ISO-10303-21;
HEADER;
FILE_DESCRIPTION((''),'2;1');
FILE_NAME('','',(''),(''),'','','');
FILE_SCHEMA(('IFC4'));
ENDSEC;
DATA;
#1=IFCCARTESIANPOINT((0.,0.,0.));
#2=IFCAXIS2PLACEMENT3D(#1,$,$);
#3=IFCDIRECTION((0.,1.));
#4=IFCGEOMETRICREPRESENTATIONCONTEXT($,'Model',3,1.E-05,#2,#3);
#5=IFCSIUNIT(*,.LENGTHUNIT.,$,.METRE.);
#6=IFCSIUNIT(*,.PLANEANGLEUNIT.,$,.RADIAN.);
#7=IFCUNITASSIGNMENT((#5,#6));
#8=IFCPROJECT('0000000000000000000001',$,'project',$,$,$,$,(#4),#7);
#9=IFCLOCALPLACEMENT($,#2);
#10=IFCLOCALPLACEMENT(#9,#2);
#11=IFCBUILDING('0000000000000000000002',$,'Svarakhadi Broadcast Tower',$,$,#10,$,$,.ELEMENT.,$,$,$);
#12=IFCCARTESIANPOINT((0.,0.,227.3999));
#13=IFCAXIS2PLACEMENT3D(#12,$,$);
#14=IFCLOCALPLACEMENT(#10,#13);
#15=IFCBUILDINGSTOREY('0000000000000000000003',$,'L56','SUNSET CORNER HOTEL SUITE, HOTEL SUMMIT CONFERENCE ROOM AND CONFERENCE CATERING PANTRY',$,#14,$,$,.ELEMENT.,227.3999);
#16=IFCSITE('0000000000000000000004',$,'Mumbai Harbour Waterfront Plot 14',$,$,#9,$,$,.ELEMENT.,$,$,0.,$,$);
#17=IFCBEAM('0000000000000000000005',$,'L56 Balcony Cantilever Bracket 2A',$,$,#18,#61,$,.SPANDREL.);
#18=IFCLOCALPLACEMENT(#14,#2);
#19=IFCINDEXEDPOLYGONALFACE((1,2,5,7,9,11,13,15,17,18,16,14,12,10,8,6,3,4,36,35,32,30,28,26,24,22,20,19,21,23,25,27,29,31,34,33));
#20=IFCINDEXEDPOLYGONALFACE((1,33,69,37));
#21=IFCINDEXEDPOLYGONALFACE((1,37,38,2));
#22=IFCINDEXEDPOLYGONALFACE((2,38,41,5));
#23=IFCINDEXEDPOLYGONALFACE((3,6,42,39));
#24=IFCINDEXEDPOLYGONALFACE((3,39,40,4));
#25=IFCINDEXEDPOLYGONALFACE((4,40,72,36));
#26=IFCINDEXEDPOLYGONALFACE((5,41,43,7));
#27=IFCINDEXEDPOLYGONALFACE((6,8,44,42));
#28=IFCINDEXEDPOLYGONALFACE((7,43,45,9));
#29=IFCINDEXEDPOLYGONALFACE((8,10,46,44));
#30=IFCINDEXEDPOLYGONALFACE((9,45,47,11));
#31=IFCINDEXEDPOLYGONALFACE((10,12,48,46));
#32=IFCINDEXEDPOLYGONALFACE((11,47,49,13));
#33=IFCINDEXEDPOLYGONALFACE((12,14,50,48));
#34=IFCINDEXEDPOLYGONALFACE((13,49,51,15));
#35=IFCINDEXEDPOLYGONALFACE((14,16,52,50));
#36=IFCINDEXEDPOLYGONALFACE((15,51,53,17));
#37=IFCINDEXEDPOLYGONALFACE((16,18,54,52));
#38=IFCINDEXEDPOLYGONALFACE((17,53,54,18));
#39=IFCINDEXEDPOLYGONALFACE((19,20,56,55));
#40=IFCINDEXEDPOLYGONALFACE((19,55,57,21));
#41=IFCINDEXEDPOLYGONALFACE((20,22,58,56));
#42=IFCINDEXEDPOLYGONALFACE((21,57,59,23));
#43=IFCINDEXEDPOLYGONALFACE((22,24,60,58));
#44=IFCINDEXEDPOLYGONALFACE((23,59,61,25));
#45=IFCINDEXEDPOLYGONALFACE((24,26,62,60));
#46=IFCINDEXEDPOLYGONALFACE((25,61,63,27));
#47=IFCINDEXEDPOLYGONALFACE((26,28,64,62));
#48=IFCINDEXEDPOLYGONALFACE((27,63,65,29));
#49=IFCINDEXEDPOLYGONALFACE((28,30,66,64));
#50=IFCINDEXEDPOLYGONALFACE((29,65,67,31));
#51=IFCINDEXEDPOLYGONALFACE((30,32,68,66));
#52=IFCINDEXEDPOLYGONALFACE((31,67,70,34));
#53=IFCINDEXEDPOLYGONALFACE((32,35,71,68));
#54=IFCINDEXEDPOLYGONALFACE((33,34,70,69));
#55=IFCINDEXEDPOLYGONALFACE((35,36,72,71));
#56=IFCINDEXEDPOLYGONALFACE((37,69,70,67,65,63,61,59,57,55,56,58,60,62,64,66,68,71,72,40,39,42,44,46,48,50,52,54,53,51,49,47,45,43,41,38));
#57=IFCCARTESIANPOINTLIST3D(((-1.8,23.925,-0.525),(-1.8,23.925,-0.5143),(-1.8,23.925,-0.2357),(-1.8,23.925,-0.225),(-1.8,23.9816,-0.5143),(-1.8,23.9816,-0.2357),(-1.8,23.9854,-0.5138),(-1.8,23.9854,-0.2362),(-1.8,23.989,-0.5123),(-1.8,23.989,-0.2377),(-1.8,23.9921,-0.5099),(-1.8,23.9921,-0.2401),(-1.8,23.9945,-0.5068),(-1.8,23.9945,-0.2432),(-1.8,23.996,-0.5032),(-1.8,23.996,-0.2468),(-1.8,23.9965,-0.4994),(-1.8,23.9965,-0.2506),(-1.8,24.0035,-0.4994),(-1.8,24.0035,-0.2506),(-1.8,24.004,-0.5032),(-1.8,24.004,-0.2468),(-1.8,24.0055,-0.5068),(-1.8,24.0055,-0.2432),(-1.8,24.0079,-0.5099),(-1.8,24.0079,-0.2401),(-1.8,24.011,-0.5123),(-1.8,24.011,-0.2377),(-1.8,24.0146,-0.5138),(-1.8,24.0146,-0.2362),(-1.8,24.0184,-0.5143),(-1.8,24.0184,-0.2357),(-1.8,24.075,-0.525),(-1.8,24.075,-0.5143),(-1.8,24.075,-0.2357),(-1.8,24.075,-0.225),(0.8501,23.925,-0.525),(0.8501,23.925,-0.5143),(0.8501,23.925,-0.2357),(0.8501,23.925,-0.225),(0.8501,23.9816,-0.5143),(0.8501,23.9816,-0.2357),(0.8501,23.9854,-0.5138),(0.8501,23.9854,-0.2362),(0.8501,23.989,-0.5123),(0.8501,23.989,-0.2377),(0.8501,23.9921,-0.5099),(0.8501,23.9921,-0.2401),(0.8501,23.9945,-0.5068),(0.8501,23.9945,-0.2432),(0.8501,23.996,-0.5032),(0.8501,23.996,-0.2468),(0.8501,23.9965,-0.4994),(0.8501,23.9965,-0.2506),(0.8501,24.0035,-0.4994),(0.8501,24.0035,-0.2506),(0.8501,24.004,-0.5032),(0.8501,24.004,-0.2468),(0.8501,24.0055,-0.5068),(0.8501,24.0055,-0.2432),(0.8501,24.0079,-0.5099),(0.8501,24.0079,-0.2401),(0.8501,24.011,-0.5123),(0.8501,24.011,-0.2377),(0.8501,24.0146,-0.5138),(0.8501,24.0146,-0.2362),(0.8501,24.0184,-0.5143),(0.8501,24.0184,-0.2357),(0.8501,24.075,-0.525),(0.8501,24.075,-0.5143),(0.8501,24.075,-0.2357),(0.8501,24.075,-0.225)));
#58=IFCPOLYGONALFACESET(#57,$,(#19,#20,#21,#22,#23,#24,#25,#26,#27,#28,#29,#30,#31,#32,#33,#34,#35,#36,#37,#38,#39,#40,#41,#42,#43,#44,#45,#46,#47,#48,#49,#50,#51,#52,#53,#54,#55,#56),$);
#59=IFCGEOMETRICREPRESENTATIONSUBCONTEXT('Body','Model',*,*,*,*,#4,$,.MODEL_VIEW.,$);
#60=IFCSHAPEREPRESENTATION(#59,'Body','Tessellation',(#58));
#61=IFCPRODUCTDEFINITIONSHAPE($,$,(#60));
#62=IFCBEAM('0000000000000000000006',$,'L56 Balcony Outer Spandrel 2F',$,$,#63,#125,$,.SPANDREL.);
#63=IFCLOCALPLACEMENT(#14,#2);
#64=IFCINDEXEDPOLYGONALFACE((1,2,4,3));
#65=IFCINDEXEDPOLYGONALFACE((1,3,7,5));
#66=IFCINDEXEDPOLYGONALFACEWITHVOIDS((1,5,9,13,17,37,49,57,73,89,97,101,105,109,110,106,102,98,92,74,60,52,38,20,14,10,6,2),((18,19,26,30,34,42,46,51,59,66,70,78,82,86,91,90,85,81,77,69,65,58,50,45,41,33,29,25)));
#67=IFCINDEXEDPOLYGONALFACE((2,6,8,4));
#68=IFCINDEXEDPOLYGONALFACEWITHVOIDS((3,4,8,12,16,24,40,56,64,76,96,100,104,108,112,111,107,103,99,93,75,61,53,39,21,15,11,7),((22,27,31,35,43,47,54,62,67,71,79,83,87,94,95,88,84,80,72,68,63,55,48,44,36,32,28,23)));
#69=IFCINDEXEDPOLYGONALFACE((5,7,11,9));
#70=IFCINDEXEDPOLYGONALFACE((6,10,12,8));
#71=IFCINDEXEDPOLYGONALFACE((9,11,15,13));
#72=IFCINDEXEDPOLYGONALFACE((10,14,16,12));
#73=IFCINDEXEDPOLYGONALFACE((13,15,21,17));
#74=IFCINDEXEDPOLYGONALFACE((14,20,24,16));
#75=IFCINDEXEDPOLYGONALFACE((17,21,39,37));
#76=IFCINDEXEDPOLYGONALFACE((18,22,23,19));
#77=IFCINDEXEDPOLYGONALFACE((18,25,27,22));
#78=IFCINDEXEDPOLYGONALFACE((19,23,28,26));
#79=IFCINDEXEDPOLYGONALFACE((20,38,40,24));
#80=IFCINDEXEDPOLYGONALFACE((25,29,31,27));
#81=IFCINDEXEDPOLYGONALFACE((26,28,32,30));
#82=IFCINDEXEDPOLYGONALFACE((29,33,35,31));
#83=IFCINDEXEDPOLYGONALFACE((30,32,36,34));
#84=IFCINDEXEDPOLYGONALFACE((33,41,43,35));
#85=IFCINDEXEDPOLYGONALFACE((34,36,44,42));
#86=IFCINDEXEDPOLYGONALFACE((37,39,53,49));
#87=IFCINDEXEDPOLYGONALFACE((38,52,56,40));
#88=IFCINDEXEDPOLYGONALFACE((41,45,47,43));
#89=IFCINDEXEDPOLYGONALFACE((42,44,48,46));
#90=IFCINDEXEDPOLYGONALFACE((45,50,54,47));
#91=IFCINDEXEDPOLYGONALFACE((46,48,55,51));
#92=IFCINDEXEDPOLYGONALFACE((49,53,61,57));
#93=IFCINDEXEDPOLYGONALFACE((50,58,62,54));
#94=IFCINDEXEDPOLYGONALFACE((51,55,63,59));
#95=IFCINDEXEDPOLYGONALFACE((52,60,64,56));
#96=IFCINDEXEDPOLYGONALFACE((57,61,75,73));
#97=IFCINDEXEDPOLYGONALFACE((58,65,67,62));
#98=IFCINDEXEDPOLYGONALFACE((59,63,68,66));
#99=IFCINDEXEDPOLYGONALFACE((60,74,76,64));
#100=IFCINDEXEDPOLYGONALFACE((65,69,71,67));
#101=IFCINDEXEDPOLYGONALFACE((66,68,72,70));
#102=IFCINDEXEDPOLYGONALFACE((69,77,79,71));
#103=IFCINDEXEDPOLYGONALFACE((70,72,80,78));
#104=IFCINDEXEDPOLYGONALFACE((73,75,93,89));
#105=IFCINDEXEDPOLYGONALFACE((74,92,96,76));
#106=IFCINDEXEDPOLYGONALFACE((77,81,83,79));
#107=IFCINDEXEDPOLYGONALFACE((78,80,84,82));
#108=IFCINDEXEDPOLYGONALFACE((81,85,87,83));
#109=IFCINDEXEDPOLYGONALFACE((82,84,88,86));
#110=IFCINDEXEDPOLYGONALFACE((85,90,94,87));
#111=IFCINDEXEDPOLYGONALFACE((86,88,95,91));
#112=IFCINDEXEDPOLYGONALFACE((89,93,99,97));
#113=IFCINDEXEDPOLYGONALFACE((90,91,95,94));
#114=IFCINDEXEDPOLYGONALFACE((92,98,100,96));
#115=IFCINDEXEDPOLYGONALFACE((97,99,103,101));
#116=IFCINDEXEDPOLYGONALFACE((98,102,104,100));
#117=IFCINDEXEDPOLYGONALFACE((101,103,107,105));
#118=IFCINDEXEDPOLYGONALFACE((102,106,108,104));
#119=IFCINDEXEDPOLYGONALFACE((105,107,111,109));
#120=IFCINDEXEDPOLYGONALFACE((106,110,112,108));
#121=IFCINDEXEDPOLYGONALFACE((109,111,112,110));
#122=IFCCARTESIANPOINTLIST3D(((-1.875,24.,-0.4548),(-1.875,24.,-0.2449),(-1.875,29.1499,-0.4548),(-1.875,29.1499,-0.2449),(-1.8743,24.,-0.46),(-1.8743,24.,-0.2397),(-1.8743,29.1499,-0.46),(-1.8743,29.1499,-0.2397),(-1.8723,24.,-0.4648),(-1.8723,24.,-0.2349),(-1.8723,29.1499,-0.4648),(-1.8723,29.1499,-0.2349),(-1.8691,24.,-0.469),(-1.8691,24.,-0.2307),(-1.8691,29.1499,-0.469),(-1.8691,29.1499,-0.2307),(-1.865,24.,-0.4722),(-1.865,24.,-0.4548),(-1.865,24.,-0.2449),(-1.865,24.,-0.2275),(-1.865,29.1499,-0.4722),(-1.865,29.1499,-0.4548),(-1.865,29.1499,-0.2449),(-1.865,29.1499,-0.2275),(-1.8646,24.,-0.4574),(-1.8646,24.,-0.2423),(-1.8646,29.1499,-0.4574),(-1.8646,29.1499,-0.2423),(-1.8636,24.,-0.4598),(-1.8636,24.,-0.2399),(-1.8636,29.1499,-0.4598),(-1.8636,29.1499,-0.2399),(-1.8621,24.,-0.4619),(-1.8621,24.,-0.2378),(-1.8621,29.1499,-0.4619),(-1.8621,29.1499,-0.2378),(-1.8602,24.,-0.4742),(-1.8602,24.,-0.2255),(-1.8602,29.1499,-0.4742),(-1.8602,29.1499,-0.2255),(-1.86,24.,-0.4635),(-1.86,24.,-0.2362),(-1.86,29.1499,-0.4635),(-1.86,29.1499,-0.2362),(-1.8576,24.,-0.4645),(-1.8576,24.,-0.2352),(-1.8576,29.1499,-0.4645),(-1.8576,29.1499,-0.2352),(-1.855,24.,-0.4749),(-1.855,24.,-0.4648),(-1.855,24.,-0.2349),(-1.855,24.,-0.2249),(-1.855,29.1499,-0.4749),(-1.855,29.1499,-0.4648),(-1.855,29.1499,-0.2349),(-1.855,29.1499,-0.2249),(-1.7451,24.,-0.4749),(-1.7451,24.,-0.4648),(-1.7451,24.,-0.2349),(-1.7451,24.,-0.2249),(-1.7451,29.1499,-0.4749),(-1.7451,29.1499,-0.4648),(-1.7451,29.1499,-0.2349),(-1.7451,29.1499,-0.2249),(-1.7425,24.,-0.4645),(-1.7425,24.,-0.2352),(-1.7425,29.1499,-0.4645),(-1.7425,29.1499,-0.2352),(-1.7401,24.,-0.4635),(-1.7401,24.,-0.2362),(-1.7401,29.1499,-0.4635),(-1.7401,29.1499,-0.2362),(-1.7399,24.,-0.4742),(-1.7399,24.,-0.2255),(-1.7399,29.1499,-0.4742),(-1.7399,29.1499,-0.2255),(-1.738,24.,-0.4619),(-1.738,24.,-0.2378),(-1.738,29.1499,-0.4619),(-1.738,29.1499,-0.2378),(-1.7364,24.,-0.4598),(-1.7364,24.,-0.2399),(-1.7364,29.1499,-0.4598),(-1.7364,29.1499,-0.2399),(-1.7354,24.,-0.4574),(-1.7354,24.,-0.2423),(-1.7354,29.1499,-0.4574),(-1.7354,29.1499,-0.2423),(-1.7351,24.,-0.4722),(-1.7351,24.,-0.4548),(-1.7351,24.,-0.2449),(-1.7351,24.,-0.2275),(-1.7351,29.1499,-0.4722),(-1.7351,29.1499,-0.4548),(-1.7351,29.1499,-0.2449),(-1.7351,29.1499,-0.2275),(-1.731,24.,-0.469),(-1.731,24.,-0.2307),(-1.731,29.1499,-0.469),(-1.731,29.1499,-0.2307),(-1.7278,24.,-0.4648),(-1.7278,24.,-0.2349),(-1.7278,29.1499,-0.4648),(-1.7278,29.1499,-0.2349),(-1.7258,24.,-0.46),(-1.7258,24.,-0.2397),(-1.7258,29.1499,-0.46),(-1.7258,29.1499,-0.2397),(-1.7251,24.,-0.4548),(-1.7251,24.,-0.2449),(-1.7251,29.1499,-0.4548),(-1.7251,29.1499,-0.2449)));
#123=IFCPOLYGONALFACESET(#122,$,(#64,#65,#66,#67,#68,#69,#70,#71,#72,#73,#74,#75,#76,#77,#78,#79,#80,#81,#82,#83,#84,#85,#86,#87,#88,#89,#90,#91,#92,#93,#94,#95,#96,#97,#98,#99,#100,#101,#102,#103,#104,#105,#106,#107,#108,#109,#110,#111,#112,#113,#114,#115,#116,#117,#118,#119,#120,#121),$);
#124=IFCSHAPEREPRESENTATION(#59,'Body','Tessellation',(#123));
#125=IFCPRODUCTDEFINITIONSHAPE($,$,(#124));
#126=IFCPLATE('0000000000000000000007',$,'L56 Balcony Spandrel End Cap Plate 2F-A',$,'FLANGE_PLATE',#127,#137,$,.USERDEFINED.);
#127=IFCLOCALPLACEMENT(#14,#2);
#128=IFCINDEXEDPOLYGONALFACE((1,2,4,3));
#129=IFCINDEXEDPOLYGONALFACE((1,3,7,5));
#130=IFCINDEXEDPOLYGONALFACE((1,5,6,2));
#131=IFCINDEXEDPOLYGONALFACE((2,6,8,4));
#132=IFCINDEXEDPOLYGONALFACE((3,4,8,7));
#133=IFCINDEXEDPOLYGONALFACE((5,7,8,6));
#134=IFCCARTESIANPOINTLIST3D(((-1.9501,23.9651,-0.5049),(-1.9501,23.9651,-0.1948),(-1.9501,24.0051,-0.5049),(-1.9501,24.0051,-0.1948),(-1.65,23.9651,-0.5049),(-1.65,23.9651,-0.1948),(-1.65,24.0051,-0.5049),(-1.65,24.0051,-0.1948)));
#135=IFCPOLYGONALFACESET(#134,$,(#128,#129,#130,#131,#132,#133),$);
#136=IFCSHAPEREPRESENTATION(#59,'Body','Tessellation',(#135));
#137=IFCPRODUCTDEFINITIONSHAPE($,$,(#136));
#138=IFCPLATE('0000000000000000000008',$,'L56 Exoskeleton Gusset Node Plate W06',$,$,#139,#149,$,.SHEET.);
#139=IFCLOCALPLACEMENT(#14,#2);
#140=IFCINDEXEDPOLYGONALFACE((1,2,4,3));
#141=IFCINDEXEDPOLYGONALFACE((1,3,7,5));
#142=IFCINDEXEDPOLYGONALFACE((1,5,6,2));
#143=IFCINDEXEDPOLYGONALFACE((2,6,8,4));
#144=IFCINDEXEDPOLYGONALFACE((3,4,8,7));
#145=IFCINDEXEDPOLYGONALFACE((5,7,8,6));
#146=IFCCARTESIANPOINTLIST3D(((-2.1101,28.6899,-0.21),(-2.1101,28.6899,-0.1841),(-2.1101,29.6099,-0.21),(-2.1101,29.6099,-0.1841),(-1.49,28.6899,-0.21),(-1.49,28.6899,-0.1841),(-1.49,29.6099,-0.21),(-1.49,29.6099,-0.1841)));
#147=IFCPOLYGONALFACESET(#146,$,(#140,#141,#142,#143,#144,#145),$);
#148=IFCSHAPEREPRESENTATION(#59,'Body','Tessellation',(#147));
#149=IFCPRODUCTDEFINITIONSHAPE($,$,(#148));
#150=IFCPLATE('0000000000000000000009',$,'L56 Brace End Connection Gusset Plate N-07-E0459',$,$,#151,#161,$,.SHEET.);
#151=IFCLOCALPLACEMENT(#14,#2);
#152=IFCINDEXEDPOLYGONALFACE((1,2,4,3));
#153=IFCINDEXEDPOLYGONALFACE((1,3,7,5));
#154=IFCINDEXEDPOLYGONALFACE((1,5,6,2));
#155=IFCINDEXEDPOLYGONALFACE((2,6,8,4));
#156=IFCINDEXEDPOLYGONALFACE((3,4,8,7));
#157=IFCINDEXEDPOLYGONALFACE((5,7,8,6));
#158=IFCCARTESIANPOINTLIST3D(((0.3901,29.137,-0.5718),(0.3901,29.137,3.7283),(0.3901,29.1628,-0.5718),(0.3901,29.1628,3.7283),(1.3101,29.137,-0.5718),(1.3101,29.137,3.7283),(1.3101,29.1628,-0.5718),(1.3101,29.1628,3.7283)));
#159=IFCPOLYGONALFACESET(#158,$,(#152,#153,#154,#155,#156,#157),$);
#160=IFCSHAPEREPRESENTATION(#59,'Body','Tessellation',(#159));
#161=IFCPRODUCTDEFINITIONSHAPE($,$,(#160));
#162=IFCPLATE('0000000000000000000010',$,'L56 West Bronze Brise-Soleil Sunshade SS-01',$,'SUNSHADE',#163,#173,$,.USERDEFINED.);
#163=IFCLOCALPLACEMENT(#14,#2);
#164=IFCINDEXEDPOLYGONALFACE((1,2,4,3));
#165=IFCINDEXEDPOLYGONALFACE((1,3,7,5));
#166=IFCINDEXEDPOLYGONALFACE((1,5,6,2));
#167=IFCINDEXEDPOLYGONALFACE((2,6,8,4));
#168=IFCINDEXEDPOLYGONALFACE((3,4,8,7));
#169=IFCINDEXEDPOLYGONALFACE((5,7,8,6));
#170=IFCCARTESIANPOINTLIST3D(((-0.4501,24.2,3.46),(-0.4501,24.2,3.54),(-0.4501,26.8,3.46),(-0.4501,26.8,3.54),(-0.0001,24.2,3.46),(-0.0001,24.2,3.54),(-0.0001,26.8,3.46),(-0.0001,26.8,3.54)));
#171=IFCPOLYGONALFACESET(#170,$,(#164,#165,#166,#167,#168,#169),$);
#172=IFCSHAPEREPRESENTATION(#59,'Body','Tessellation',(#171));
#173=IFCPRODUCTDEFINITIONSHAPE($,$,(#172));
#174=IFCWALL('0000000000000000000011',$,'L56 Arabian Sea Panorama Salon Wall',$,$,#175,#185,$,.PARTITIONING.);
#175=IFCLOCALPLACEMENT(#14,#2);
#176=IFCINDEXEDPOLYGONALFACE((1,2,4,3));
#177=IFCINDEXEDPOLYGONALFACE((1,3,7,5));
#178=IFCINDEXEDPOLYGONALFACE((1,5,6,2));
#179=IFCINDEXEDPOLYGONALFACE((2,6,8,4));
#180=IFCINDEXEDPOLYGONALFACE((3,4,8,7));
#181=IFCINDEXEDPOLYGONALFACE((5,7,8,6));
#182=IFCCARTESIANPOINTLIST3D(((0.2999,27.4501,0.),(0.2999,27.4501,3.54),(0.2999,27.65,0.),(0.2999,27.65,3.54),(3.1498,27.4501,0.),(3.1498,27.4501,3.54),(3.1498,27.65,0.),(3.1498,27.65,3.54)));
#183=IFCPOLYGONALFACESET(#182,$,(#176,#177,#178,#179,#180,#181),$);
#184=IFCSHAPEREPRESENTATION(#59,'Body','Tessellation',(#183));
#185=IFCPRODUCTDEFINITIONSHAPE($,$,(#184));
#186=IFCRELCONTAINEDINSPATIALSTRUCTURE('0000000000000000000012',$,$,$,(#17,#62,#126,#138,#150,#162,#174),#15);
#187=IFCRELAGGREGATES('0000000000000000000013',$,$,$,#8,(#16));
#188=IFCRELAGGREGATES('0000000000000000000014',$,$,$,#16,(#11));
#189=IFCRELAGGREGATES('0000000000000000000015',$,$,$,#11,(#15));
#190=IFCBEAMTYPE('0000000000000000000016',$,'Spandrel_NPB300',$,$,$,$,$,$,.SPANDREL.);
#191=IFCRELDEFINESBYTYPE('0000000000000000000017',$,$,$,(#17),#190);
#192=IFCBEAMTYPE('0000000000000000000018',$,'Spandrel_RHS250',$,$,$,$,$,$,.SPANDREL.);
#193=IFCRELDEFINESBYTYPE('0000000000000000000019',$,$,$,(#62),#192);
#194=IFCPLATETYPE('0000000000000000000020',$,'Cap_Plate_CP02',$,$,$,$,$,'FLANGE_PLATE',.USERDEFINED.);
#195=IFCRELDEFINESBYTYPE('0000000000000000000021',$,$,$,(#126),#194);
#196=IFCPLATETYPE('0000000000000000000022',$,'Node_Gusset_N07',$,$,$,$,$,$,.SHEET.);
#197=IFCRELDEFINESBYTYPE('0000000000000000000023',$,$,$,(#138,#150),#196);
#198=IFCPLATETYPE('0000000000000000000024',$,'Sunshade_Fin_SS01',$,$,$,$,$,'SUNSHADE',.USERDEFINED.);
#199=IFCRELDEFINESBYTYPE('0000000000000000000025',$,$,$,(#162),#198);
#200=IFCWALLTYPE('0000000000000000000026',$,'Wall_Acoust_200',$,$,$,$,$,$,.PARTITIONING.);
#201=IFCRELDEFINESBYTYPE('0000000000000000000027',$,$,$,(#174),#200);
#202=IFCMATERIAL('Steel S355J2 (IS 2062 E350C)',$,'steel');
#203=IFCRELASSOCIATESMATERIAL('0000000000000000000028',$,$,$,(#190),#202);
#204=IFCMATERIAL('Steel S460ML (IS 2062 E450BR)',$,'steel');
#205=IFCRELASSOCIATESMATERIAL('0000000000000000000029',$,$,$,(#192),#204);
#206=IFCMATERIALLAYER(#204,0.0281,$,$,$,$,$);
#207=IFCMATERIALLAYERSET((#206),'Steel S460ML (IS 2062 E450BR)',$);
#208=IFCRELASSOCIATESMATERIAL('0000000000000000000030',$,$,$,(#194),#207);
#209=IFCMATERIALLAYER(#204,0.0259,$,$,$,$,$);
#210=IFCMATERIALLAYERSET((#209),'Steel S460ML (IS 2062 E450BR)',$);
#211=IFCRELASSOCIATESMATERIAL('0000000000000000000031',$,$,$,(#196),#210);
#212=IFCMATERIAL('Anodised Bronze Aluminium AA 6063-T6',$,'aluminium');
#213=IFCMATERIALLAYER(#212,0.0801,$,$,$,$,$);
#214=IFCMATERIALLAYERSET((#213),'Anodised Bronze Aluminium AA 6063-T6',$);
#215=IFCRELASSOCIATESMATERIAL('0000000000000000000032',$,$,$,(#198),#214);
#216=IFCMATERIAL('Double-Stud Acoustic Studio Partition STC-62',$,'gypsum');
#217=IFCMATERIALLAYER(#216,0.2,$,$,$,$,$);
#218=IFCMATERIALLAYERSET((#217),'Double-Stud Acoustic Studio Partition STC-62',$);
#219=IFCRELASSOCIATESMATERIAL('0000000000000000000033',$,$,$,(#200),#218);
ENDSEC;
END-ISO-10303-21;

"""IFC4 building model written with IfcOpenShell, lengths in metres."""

from ifc_helpers import new_model, si_unit, direction, frame, frame_2d, origin, origin_2d, place, context, subcontext, project, spatial, rectangle, hollow_rectangle, i_section, extrude, material, layer, layer_set, material_profile, profile_set, type_object, element, save


model = new_model("IFC4")

# Units and contexts
model_context = context("Model", 3, precision=1e-05, world=origin(), true_north=direction((0.0, 1.0)))
body_context = subcontext(model_context, "Body", "Model", "MODEL_VIEW")
ifc_project = project(units=[si_unit("LENGTHUNIT", "METRE"), si_unit("PLANEANGLEUNIT", "RADIAN")], contexts=[model_context])

# Site, building, storey
site_placement = place(None, origin())
site = spatial("IfcSite", under=ifc_project, at=site_placement, Name="Mumbai Harbour Waterfront Plot 14", CompositionType="ELEMENT", RefElevation=0.0)
building_placement = place(site_placement, origin())
building = spatial("IfcBuilding", under=site, at=building_placement, Name="Svarakhadi Broadcast Tower", CompositionType="ELEMENT")
storey_placement = place(building_placement, frame((0.0, 0.0, 227.3999)))
storey = spatial("IfcBuildingStorey", under=building, at=storey_placement, Name="L56", Description="SUNSET CORNER HOTEL SUITE, HOTEL SUMMIT CONFERENCE ROOM AND CONFERENCE CATERING PANTRY", CompositionType="ELEMENT", Elevation=227.3999)

# Shared definitions
ifc_material_1 = material(Name="Steel S460ML (IS 2062 E450BR)", Category="steel")

# Shared definitions
ifc_material_2 = material(Name="Steel S355J2 (IS 2062 E350C)", Category="steel")

# Shared definitions
ifc_material_3 = material(Name="Anodised Bronze Aluminium AA 6063-T6", Category="aluminium")

# Beams
ifc_material_profile_1 = material_profile(ifc_material_2, i_section(OverallWidth=0.1499, OverallDepth=0.3, WebThickness=0.0071, FlangeThickness=0.0107, FilletRadius=0.0149, at=origin_2d()), Name="NPB 300x150x37")
ifc_profile_set_1 = profile_set([ifc_material_profile_1], Name="Steel S355J2 (IS 2062 E350C)")
beam_type_1 = type_object("IfcBeamType", Name="Spandrel_NPB300", PredefinedType="SPANDREL", material=ifc_profile_set_1)
beam_1_placement = place(storey_placement, frame((0.8501, 24.0, -0.375), z_axis=(-1.0, 0.0, 0.0), x_axis=(0.0, -1.0, 0.0)))
element("IfcBeam", 1, at=beam_1_placement, inside=storey, type_object=beam_type_1, Name="L56 Balcony Cantilever Bracket 2A", PredefinedType="SPANDREL", context=body_context, shape_type="SweptSolid", body=[
    extrude(i_section(OverallWidth=0.1499, OverallDepth=0.3, WebThickness=0.0071, FlangeThickness=0.0107, FilletRadius=0.0149, at=origin_2d()), origin(), (0.0, 0.0, 1.0), 2.6501),
])
ifc_material_profile_2 = material_profile(ifc_material_1, hollow_rectangle(XDim=0.1499, YDim=0.25, WallThickness=0.01, InnerFilletRadius=0.01, OuterFilletRadius=0.02, at=origin_2d()), Name="RHS 250x150x10")
ifc_profile_set_2 = profile_set([ifc_material_profile_2], Name="Steel S460ML (IS 2062 E450BR)")
beam_type_2 = type_object("IfcBeamType", Name="Spandrel_RHS250", PredefinedType="SPANDREL", material=ifc_profile_set_2)
beam_2_placement = place(storey_placement, frame((-1.8, 24.0, -0.3499), z_axis=(0.0, 1.0, 0.0), x_axis=(-1.0, 0.0, 0.0)))
element("IfcBeam", 2, at=beam_2_placement, inside=storey, type_object=beam_type_2, Name="L56 Balcony Outer Spandrel 2F", PredefinedType="SPANDREL", context=body_context, shape_type="SweptSolid", body=[
    extrude(hollow_rectangle(XDim=0.1499, YDim=0.25, WallThickness=0.01, InnerFilletRadius=0.01, OuterFilletRadius=0.02, at=origin_2d()), origin(), (0.0, 0.0, 1.0), 5.1499),
])

# Plates
ifc_layer_1 = layer(ifc_material_1, 0.0281)
ifc_layer_set_1 = layer_set([ifc_layer_1], Name="Steel S460ML (IS 2062 E450BR)")
plate_type_1 = type_object("IfcPlateType", Name="Cap_Plate_CP02", ElementType="FLANGE_PLATE", PredefinedType="USERDEFINED", material=ifc_layer_set_1)
plate_1_placement = place(storey_placement, frame((-1.8, 23.9851, -0.5049), z_axis=(0.0, 0.0, 1.0), x_axis=(1.0, 0.0, 0.0)))
element("IfcPlate", 3, at=plate_1_placement, inside=storey, type_object=plate_type_1, Name="L56 Balcony Spandrel End Cap Plate 2F-A", ObjectType="FLANGE_PLATE", PredefinedType="USERDEFINED", context=body_context, shape_type="SweptSolid", body=[
    extrude(rectangle(XDim=0.3, YDim=0.04, at=origin_2d()), origin(), (0.0, 0.0, 1.0), 0.3101),
])
ifc_layer_2 = layer(ifc_material_1, 0.0259)
ifc_layer_set_2 = layer_set([ifc_layer_2], Name="Steel S460ML (IS 2062 E450BR)")
plate_type_2 = type_object("IfcPlateType", Name="Node_Gusset_N07", PredefinedType="SHEET", material=ifc_layer_set_2)
plate_2_placement = place(storey_placement, frame((-1.8, 29.1499, -0.21), z_axis=(0.0, 0.0, 1.0), x_axis=(0.0, 1.0, 0.0)))
element("IfcPlate", 4, at=plate_2_placement, inside=storey, type_object=plate_type_2, Name="L56 Exoskeleton Gusset Node Plate W06", PredefinedType="SHEET", context=body_context, shape_type="SweptSolid", body=[
    extrude(rectangle(XDim=0.9199, YDim=0.6201, at=origin_2d()), origin(), (0.0, 0.0, 1.0), 0.0259),
])
plate_3_placement = place(storey_placement, frame((0.8501, 29.1499, -0.5718), z_axis=(0.0, 0.0, 1.0), x_axis=(1.0, 0.0, 0.0)))
element("IfcPlate", 5, at=plate_3_placement, inside=storey, type_object=plate_type_2, Name="L56 Brace End Connection Gusset Plate N-07-E0459", PredefinedType="SHEET", context=body_context, shape_type="SweptSolid", body=[
    extrude(rectangle(XDim=0.9199, YDim=0.0259, at=origin_2d()), origin(), (0.0, 0.0, 1.0), 4.3),
])
ifc_layer_3 = layer(ifc_material_3, 0.0801)
ifc_layer_set_3 = layer_set([ifc_layer_3], Name="Anodised Bronze Aluminium AA 6063-T6")
plate_type_3 = type_object("IfcPlateType", Name="Sunshade_Fin_SS01", ElementType="SUNSHADE", PredefinedType="USERDEFINED", material=ifc_layer_set_3)
plate_4_placement = place(storey_placement, frame((-0.2251, 25.5, 3.46), z_axis=(0.0, 0.0, 1.0), x_axis=(0.0, 1.0, 0.0)))
element("IfcPlate", 6, at=plate_4_placement, inside=storey, type_object=plate_type_3, Name="L56 West Bronze Brise-Soleil Sunshade SS-01", ObjectType="SUNSHADE", PredefinedType="USERDEFINED", context=body_context, shape_type="SweptSolid", body=[
    extrude(rectangle(XDim=2.6001, YDim=0.45, at=origin_2d()), origin(), (0.0, 0.0, 1.0), 0.0801),
])

# Wall
ifc_material_4 = material(Name="Double-Stud Acoustic Studio Partition STC-62", Category="gypsum")
ifc_layer_4 = layer(ifc_material_4, 0.2)
ifc_layer_set_4 = layer_set([ifc_layer_4], Name="Double-Stud Acoustic Studio Partition STC-62")
wall_type_1 = type_object("IfcWallType", Name="Wall_Acoust_200", PredefinedType="PARTITIONING", material=ifc_layer_set_4)
wall_1_placement = place(storey_placement, frame((0.3, 27.55, 0.0), z_axis=(0.0, 0.0, 1.0), x_axis=(1.0, 0.0, 0.0)))
element("IfcWall", 7, at=wall_1_placement, inside=storey, type_object=wall_type_1, Name="L56 Arabian Sea Panorama Salon Wall", PredefinedType="PARTITIONING", context=body_context, shape_type="SweptSolid", body=[
    extrude(rectangle(XDim=2.8499, YDim=0.2, at=frame_2d((1.4248, 0.0))), origin(), (0.0, 0.0, 1.0), 3.54),
])

save(model, "model.ifc")
